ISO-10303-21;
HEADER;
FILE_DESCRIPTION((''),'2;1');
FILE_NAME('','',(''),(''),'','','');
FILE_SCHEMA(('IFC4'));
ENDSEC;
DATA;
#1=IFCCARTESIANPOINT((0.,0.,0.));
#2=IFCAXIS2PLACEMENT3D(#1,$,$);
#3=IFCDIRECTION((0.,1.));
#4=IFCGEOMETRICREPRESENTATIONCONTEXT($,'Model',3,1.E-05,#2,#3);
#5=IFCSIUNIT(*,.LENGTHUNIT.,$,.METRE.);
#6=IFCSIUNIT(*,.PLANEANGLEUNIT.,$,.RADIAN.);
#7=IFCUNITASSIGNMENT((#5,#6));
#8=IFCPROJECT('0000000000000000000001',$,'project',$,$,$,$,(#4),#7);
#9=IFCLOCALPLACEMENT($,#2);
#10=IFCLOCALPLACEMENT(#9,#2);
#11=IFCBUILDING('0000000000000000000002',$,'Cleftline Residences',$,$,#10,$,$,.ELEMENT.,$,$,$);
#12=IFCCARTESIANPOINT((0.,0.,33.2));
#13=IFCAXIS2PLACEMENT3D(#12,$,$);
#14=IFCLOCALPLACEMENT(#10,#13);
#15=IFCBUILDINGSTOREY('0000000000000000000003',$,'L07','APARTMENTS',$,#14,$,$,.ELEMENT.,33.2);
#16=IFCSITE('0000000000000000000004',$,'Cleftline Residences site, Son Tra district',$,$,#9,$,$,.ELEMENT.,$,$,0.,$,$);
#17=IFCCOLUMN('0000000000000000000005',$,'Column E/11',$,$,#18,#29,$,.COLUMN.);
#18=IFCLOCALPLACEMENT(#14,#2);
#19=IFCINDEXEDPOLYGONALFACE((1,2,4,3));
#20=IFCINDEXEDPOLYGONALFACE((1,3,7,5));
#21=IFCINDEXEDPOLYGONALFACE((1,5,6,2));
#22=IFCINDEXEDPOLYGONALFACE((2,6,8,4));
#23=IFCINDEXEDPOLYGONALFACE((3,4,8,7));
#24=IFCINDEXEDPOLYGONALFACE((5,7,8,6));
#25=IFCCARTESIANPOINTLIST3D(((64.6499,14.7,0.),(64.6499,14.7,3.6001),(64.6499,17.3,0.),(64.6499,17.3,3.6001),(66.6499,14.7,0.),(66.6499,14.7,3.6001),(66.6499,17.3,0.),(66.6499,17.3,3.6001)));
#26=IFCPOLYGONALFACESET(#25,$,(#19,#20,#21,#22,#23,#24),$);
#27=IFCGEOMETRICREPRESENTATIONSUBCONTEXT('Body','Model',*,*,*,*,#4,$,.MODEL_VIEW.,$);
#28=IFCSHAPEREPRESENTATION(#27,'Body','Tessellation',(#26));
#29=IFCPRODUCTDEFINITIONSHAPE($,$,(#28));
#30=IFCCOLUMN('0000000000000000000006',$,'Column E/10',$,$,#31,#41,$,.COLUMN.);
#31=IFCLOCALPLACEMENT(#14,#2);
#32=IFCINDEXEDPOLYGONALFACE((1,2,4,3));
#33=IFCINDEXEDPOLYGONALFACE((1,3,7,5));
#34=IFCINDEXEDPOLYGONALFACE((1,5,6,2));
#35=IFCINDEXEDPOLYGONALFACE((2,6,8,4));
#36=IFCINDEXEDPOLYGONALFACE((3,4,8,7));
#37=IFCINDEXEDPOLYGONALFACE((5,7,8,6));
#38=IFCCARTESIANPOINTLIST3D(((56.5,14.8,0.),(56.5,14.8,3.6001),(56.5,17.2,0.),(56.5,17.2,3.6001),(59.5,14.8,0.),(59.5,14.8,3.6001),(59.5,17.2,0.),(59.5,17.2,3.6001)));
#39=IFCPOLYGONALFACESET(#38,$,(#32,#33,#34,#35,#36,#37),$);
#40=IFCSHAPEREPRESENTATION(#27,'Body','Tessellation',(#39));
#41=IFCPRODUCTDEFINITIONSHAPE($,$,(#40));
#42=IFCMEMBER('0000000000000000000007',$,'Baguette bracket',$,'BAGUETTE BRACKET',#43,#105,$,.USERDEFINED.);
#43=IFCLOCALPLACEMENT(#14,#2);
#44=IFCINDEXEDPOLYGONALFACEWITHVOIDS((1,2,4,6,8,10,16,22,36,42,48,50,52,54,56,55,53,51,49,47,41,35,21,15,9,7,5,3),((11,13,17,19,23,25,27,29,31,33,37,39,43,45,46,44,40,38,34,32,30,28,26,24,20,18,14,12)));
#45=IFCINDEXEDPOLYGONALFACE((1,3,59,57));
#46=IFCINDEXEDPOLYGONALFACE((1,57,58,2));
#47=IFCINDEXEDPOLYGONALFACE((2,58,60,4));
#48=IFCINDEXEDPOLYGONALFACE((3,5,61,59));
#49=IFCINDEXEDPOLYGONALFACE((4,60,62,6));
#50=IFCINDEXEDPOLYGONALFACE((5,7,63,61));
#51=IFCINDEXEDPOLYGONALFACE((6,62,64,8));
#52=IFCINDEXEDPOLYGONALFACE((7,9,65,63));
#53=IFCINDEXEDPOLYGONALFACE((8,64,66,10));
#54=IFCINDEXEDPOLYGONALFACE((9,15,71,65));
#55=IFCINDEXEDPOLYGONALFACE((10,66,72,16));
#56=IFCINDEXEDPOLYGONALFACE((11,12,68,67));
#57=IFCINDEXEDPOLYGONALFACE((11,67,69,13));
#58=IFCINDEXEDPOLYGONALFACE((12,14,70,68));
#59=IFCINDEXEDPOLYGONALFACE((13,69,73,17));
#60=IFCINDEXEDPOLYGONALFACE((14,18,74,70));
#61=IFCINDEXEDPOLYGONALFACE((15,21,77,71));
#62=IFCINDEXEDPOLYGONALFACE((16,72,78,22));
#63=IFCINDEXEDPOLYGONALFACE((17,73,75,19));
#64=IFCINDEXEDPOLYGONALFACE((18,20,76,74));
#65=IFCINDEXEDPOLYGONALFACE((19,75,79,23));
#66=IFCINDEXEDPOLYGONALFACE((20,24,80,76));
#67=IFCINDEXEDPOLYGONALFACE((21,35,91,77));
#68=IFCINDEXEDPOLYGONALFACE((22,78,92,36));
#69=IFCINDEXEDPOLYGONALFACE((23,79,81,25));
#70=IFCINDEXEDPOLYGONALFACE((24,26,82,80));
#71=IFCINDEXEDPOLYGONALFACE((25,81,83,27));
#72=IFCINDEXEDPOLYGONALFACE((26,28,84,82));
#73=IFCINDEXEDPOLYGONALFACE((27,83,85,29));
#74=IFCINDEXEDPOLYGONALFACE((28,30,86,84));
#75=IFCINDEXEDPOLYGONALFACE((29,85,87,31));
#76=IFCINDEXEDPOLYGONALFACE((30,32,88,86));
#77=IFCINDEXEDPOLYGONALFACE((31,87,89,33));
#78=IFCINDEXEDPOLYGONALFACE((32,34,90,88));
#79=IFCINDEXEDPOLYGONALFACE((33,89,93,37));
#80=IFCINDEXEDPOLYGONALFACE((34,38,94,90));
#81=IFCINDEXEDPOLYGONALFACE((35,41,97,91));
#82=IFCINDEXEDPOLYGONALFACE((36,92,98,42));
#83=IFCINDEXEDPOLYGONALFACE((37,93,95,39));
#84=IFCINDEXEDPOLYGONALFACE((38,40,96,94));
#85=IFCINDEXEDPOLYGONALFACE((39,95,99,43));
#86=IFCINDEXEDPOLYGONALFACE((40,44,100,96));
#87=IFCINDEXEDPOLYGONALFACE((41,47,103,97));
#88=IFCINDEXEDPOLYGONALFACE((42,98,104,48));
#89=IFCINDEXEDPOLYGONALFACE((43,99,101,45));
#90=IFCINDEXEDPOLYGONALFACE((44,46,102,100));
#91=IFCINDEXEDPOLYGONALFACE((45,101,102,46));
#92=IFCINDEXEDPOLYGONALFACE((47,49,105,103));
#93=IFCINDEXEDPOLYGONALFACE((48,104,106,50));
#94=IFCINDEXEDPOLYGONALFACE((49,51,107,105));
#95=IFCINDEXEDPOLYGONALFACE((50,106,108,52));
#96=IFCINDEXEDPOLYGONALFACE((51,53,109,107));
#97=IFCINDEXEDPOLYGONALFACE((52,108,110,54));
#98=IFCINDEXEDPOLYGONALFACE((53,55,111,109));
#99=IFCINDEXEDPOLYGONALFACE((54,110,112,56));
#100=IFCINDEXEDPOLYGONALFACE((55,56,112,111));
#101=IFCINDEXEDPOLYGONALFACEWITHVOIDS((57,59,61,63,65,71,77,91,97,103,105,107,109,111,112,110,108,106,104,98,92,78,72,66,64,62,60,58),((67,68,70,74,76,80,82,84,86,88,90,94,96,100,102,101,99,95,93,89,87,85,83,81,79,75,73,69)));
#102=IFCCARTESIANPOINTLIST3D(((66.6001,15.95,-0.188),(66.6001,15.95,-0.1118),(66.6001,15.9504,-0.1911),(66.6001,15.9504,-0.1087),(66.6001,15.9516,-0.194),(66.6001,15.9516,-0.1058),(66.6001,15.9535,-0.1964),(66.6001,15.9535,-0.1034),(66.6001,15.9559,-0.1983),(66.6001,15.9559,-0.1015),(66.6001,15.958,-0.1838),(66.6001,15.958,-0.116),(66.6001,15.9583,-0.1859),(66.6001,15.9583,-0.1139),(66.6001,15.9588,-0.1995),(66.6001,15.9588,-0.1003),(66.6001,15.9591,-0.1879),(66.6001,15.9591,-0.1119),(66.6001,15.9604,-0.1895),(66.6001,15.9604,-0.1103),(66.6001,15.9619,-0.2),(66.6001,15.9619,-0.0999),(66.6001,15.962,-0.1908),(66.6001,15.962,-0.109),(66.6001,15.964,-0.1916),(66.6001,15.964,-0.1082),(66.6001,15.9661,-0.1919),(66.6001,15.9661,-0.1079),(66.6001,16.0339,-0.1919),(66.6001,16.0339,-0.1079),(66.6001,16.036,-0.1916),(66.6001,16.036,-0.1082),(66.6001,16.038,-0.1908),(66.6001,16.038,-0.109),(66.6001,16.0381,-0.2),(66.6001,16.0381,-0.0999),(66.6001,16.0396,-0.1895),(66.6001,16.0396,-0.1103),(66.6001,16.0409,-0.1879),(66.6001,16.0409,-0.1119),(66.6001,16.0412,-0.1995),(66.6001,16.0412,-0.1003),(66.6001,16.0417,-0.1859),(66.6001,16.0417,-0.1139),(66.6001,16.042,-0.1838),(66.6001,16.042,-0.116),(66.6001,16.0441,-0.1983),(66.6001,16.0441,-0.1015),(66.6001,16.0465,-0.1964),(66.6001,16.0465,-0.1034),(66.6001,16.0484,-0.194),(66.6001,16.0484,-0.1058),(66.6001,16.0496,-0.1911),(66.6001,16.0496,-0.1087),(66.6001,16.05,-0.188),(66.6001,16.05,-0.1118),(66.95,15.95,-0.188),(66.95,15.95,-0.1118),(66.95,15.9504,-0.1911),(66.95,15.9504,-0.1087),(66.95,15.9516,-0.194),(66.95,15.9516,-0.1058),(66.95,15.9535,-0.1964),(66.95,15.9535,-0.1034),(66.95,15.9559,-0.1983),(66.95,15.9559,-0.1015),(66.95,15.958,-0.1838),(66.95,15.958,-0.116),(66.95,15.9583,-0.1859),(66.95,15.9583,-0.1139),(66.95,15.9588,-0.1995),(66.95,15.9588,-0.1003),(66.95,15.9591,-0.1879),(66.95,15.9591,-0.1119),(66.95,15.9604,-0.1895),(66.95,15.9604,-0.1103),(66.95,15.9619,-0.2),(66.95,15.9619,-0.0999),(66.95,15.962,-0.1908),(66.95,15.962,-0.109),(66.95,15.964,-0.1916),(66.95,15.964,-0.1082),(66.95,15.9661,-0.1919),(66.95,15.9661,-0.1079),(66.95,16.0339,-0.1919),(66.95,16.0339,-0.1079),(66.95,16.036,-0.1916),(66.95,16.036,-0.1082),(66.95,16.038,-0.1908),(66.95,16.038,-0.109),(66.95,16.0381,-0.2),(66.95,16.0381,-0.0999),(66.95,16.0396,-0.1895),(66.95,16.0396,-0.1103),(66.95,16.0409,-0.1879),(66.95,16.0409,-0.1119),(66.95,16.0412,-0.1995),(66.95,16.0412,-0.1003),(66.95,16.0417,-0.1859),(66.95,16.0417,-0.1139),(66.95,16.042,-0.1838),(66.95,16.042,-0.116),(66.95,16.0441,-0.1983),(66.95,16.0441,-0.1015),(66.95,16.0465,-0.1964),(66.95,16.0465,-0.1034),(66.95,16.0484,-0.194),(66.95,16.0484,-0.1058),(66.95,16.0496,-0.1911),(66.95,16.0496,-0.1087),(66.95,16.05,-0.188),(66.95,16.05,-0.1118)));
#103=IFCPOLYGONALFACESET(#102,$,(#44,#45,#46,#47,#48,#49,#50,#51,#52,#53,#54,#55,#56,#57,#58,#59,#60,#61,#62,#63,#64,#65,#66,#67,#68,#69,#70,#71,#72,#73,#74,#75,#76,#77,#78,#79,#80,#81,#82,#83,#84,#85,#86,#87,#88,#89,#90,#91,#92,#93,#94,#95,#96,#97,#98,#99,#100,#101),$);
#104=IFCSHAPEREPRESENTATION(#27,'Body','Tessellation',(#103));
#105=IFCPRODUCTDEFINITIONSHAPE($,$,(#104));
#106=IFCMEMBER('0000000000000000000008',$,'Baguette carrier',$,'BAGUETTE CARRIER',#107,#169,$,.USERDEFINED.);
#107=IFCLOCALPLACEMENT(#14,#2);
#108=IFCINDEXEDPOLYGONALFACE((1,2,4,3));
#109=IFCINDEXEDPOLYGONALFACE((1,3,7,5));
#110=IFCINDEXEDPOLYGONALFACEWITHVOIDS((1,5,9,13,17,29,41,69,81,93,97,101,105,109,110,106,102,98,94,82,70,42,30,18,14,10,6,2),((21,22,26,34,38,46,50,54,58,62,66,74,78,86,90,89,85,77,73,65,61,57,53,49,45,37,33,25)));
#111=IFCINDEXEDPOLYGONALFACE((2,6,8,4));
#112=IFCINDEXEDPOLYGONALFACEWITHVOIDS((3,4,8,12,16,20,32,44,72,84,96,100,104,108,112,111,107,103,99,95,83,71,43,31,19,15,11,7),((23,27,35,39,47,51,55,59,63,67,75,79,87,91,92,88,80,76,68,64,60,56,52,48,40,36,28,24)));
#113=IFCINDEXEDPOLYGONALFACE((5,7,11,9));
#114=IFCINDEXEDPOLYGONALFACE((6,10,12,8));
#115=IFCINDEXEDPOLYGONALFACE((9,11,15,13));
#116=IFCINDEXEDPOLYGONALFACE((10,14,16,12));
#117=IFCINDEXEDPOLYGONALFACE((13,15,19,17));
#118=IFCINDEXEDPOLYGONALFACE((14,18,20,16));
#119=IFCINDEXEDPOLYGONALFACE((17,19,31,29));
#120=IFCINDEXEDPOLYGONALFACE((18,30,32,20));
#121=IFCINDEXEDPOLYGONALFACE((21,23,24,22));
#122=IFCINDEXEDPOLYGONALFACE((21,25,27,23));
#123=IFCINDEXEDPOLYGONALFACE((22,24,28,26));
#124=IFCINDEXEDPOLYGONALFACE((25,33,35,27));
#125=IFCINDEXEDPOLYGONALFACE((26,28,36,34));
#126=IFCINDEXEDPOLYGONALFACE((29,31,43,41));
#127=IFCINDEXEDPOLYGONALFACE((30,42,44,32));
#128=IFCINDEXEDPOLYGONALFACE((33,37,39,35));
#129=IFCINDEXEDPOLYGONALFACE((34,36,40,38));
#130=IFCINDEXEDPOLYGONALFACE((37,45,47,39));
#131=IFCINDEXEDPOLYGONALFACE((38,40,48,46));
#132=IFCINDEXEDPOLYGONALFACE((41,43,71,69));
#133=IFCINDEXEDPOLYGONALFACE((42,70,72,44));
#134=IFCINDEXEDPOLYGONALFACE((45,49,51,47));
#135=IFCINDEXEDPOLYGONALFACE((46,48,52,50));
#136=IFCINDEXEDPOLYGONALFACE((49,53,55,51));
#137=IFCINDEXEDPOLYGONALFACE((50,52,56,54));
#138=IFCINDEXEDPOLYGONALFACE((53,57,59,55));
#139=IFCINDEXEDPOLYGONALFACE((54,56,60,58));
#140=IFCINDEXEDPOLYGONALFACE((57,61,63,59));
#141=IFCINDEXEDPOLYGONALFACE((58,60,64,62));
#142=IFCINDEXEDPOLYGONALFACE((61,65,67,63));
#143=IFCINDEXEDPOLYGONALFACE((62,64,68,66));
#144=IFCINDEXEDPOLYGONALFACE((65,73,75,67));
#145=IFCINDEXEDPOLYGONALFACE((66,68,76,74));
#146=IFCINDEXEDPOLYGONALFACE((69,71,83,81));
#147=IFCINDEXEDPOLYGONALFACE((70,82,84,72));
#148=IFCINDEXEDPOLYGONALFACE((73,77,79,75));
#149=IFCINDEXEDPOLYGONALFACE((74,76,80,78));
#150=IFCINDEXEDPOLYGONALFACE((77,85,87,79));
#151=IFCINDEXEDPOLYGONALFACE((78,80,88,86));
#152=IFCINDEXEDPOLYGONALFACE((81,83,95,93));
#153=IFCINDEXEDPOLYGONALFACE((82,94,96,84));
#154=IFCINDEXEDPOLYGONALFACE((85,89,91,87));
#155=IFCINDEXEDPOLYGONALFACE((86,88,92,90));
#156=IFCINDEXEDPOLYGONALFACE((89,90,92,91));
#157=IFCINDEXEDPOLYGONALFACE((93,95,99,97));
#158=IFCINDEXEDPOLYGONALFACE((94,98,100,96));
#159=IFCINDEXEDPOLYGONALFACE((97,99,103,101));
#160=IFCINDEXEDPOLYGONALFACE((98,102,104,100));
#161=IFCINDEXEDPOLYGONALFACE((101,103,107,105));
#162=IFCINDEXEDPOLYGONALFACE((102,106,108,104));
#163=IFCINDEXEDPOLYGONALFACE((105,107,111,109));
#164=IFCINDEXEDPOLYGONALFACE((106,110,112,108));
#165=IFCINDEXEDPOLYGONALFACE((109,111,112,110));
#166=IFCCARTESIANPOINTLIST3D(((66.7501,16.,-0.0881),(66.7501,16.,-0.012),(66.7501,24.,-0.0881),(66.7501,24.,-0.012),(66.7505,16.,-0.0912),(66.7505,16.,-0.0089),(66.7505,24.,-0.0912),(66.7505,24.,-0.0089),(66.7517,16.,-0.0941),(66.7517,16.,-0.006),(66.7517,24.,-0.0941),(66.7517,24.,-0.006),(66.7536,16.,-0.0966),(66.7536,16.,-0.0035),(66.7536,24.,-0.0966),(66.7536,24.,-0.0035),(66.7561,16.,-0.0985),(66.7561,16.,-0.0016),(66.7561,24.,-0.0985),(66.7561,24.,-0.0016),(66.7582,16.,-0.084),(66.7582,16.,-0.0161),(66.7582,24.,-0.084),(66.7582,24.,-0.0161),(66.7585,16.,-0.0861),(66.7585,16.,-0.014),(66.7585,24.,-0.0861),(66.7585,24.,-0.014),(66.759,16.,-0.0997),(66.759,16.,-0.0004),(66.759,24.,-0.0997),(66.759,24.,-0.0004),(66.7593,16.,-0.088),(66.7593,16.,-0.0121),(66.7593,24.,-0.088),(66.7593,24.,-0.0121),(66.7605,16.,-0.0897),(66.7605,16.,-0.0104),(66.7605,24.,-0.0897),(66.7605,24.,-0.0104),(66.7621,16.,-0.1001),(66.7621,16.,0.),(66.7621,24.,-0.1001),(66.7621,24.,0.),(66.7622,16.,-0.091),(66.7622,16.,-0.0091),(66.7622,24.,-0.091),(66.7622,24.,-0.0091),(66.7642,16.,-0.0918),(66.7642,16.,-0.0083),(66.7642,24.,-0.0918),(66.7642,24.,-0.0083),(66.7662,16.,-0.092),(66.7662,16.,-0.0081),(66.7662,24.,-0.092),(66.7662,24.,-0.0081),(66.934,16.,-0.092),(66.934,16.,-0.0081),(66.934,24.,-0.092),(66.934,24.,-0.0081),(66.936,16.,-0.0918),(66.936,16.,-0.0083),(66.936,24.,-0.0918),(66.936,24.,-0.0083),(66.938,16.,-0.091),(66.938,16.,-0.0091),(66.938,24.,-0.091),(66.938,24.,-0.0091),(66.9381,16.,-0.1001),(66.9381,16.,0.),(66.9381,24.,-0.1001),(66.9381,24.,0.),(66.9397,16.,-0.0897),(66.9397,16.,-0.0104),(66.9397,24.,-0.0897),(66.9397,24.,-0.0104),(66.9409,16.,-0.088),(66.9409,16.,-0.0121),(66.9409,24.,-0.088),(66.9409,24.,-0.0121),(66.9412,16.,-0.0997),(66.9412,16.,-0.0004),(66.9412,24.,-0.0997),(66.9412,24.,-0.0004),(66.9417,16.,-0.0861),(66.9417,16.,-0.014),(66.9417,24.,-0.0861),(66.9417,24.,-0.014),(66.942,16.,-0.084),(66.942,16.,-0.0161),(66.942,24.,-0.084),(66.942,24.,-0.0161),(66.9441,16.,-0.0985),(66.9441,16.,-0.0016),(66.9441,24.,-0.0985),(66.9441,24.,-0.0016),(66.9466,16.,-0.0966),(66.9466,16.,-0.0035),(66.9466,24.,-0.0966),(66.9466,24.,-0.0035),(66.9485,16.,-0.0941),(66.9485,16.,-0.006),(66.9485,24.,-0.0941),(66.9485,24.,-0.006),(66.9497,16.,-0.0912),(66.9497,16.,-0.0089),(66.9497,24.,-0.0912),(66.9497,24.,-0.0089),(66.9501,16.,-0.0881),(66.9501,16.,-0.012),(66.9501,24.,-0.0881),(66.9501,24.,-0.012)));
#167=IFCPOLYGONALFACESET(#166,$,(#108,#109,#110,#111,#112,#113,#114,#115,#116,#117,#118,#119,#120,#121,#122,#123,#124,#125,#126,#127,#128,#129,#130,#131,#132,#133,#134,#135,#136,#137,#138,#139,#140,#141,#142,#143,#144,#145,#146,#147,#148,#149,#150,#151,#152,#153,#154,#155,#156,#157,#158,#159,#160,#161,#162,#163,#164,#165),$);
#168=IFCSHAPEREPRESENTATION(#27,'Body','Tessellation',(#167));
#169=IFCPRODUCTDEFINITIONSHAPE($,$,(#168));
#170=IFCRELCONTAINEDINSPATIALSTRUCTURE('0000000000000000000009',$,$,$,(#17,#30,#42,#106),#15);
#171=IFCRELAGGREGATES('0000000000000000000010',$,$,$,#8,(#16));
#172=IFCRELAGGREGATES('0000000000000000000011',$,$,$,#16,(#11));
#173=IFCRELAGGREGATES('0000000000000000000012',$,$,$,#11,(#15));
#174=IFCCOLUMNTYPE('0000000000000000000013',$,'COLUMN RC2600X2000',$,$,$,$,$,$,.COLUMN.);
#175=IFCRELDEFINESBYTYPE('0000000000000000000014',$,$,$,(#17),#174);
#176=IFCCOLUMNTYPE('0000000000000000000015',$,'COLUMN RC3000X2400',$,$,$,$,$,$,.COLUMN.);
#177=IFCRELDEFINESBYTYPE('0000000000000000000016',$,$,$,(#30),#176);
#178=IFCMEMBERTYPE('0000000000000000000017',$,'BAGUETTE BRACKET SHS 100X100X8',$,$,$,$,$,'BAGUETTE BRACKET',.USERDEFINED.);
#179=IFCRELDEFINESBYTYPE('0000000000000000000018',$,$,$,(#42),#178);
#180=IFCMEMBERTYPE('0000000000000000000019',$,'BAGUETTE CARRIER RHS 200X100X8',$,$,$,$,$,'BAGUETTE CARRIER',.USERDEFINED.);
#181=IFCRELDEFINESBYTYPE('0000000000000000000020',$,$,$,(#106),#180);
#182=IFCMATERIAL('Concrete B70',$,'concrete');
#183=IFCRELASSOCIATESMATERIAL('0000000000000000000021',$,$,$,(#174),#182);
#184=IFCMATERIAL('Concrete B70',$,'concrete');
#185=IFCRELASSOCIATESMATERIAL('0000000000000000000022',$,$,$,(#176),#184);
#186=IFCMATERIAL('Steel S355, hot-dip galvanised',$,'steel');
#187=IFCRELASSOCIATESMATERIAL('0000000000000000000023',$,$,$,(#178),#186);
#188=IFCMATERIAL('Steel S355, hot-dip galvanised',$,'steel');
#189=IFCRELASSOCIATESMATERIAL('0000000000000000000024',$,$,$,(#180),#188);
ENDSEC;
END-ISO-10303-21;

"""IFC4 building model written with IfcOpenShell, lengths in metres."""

from ifc_helpers import new_model, si_unit, direction, frame, origin, origin_2d, place, context, subcontext, project, spatial, rectangle, hollow_rectangle, extrude, material, material_profile, profile_set, type_object, element, save


model = new_model("IFC4")

# Units and contexts
model_context = context("Model", 3, precision=1e-05, world=origin(), true_north=direction((0.0, 1.0)))
body_context = subcontext(model_context, "Body", "Model", "MODEL_VIEW")
ifc_project = project(units=[si_unit("LENGTHUNIT", "METRE"), si_unit("PLANEANGLEUNIT", "RADIAN")], contexts=[model_context])

# Site, building, storey
site_placement = place(None, origin())
site = spatial("IfcSite", under=ifc_project, at=site_placement, Name="Cleftline Residences site, Son Tra district", CompositionType="ELEMENT", RefElevation=0.0)
building_placement = place(site_placement, origin())
building = spatial("IfcBuilding", under=site, at=building_placement, Name="Cleftline Residences", CompositionType="ELEMENT")
storey_placement = place(building_placement, frame((0.0, 0.0, 33.2)))
storey = spatial("IfcBuildingStorey", under=building, at=storey_placement, Name="L07", Description="APARTMENTS", CompositionType="ELEMENT", Elevation=33.2)

# Columns
ifc_material_1 = material(Name="Concrete B70", Category="concrete")
ifc_material_profile_1 = material_profile(ifc_material_1, rectangle(XDim=2.6001, YDim=2.0, at=origin_2d()))
ifc_profile_set_1 = profile_set([ifc_material_profile_1], Name="Concrete B70")
column_type_1 = type_object("IfcColumnType", Name="COLUMN RC2600X2000", PredefinedType="COLUMN", material=ifc_profile_set_1)
column_1_placement = place(storey_placement, frame((65.6499, 16.0, 0.0), z_axis=(0.0, 0.0, 1.0), x_axis=(0.0, 1.0, 0.0)))
element("IfcColumn", 1, at=column_1_placement, inside=storey, type_object=column_type_1, Name="Column E/11", PredefinedType="COLUMN", context=body_context, shape_type="SweptSolid", body=[
    extrude(rectangle(XDim=2.6001, YDim=2.0, at=origin_2d()), origin(), (0.0, 0.0, 1.0), 3.6001),
])
ifc_material_2 = material(Name="Concrete B70", Category="concrete")
ifc_material_profile_2 = material_profile(ifc_material_2, rectangle(XDim=3.0, YDim=2.3999, at=origin_2d()))
ifc_profile_set_2 = profile_set([ifc_material_profile_2], Name="Concrete B70")
column_type_2 = type_object("IfcColumnType", Name="COLUMN RC3000X2400", PredefinedType="COLUMN", material=ifc_profile_set_2)
column_2_placement = place(storey_placement, frame((58.0, 16.0, 0.0), z_axis=(0.0, 0.0, 1.0), x_axis=(1.0, 0.0, 0.0)))
element("IfcColumn", 2, at=column_2_placement, inside=storey, type_object=column_type_2, Name="Column E/10", PredefinedType="COLUMN", context=body_context, shape_type="SweptSolid", body=[
    extrude(rectangle(XDim=3.0, YDim=2.3999, at=origin_2d()), origin(), (0.0, 0.0, 1.0), 3.6001),
])

# Members
ifc_material_3 = material(Name="Steel S355, hot-dip galvanised", Category="steel")
ifc_material_profile_3 = material_profile(ifc_material_3, hollow_rectangle(XDim=0.1001, YDim=0.1001, WallThickness=0.0081, InnerFilletRadius=0.0081, OuterFilletRadius=0.012, at=origin_2d()))
ifc_profile_set_3 = profile_set([ifc_material_profile_3], Name="Steel S355, hot-dip galvanised")
member_type_1 = type_object("IfcMemberType", Name="BAGUETTE BRACKET SHS 100X100X8", ElementType="BAGUETTE BRACKET", PredefinedType="USERDEFINED", material=ifc_profile_set_3)
member_1_placement = place(storey_placement, frame((66.6001, 16.0, -0.1499), z_axis=(1.0, 0.0, 0.0), x_axis=(0.0, 1.0, 0.0)))
element("IfcMember", 3, at=member_1_placement, inside=storey, type_object=member_type_1, Name="Baguette bracket", ObjectType="BAGUETTE BRACKET", PredefinedType="USERDEFINED", context=body_context, shape_type="SweptSolid", body=[
    extrude(hollow_rectangle(XDim=0.1001, YDim=0.1001, WallThickness=0.0081, InnerFilletRadius=0.0081, OuterFilletRadius=0.012, at=origin_2d()), origin(), (0.0, 0.0, 1.0), 0.3499),
])
ifc_material_4 = material(Name="Steel S355, hot-dip galvanised", Category="steel")
ifc_material_profile_4 = material_profile(ifc_material_4, hollow_rectangle(XDim=0.1001, YDim=0.2, WallThickness=0.0081, InnerFilletRadius=0.0081, OuterFilletRadius=0.012, at=origin_2d()))
ifc_profile_set_4 = profile_set([ifc_material_profile_4], Name="Steel S355, hot-dip galvanised")
member_type_2 = type_object("IfcMemberType", Name="BAGUETTE CARRIER RHS 200X100X8", ElementType="BAGUETTE CARRIER", PredefinedType="USERDEFINED", material=ifc_profile_set_4)
member_2_placement = place(storey_placement, frame((66.8501, 16.0, -0.05), z_axis=(0.0, 1.0, 0.0), x_axis=(0.0, 0.0, 1.0)))
element("IfcMember", 4, at=member_2_placement, inside=storey, type_object=member_type_2, Name="Baguette carrier", ObjectType="BAGUETTE CARRIER", PredefinedType="USERDEFINED", context=body_context, shape_type="SweptSolid", body=[
    extrude(hollow_rectangle(XDim=0.1001, YDim=0.2, WallThickness=0.0081, InnerFilletRadius=0.0081, OuterFilletRadius=0.012, at=origin_2d()), origin(), (0.0, 0.0, 1.0), 8.0),
])

save(model, "model.ifc")
